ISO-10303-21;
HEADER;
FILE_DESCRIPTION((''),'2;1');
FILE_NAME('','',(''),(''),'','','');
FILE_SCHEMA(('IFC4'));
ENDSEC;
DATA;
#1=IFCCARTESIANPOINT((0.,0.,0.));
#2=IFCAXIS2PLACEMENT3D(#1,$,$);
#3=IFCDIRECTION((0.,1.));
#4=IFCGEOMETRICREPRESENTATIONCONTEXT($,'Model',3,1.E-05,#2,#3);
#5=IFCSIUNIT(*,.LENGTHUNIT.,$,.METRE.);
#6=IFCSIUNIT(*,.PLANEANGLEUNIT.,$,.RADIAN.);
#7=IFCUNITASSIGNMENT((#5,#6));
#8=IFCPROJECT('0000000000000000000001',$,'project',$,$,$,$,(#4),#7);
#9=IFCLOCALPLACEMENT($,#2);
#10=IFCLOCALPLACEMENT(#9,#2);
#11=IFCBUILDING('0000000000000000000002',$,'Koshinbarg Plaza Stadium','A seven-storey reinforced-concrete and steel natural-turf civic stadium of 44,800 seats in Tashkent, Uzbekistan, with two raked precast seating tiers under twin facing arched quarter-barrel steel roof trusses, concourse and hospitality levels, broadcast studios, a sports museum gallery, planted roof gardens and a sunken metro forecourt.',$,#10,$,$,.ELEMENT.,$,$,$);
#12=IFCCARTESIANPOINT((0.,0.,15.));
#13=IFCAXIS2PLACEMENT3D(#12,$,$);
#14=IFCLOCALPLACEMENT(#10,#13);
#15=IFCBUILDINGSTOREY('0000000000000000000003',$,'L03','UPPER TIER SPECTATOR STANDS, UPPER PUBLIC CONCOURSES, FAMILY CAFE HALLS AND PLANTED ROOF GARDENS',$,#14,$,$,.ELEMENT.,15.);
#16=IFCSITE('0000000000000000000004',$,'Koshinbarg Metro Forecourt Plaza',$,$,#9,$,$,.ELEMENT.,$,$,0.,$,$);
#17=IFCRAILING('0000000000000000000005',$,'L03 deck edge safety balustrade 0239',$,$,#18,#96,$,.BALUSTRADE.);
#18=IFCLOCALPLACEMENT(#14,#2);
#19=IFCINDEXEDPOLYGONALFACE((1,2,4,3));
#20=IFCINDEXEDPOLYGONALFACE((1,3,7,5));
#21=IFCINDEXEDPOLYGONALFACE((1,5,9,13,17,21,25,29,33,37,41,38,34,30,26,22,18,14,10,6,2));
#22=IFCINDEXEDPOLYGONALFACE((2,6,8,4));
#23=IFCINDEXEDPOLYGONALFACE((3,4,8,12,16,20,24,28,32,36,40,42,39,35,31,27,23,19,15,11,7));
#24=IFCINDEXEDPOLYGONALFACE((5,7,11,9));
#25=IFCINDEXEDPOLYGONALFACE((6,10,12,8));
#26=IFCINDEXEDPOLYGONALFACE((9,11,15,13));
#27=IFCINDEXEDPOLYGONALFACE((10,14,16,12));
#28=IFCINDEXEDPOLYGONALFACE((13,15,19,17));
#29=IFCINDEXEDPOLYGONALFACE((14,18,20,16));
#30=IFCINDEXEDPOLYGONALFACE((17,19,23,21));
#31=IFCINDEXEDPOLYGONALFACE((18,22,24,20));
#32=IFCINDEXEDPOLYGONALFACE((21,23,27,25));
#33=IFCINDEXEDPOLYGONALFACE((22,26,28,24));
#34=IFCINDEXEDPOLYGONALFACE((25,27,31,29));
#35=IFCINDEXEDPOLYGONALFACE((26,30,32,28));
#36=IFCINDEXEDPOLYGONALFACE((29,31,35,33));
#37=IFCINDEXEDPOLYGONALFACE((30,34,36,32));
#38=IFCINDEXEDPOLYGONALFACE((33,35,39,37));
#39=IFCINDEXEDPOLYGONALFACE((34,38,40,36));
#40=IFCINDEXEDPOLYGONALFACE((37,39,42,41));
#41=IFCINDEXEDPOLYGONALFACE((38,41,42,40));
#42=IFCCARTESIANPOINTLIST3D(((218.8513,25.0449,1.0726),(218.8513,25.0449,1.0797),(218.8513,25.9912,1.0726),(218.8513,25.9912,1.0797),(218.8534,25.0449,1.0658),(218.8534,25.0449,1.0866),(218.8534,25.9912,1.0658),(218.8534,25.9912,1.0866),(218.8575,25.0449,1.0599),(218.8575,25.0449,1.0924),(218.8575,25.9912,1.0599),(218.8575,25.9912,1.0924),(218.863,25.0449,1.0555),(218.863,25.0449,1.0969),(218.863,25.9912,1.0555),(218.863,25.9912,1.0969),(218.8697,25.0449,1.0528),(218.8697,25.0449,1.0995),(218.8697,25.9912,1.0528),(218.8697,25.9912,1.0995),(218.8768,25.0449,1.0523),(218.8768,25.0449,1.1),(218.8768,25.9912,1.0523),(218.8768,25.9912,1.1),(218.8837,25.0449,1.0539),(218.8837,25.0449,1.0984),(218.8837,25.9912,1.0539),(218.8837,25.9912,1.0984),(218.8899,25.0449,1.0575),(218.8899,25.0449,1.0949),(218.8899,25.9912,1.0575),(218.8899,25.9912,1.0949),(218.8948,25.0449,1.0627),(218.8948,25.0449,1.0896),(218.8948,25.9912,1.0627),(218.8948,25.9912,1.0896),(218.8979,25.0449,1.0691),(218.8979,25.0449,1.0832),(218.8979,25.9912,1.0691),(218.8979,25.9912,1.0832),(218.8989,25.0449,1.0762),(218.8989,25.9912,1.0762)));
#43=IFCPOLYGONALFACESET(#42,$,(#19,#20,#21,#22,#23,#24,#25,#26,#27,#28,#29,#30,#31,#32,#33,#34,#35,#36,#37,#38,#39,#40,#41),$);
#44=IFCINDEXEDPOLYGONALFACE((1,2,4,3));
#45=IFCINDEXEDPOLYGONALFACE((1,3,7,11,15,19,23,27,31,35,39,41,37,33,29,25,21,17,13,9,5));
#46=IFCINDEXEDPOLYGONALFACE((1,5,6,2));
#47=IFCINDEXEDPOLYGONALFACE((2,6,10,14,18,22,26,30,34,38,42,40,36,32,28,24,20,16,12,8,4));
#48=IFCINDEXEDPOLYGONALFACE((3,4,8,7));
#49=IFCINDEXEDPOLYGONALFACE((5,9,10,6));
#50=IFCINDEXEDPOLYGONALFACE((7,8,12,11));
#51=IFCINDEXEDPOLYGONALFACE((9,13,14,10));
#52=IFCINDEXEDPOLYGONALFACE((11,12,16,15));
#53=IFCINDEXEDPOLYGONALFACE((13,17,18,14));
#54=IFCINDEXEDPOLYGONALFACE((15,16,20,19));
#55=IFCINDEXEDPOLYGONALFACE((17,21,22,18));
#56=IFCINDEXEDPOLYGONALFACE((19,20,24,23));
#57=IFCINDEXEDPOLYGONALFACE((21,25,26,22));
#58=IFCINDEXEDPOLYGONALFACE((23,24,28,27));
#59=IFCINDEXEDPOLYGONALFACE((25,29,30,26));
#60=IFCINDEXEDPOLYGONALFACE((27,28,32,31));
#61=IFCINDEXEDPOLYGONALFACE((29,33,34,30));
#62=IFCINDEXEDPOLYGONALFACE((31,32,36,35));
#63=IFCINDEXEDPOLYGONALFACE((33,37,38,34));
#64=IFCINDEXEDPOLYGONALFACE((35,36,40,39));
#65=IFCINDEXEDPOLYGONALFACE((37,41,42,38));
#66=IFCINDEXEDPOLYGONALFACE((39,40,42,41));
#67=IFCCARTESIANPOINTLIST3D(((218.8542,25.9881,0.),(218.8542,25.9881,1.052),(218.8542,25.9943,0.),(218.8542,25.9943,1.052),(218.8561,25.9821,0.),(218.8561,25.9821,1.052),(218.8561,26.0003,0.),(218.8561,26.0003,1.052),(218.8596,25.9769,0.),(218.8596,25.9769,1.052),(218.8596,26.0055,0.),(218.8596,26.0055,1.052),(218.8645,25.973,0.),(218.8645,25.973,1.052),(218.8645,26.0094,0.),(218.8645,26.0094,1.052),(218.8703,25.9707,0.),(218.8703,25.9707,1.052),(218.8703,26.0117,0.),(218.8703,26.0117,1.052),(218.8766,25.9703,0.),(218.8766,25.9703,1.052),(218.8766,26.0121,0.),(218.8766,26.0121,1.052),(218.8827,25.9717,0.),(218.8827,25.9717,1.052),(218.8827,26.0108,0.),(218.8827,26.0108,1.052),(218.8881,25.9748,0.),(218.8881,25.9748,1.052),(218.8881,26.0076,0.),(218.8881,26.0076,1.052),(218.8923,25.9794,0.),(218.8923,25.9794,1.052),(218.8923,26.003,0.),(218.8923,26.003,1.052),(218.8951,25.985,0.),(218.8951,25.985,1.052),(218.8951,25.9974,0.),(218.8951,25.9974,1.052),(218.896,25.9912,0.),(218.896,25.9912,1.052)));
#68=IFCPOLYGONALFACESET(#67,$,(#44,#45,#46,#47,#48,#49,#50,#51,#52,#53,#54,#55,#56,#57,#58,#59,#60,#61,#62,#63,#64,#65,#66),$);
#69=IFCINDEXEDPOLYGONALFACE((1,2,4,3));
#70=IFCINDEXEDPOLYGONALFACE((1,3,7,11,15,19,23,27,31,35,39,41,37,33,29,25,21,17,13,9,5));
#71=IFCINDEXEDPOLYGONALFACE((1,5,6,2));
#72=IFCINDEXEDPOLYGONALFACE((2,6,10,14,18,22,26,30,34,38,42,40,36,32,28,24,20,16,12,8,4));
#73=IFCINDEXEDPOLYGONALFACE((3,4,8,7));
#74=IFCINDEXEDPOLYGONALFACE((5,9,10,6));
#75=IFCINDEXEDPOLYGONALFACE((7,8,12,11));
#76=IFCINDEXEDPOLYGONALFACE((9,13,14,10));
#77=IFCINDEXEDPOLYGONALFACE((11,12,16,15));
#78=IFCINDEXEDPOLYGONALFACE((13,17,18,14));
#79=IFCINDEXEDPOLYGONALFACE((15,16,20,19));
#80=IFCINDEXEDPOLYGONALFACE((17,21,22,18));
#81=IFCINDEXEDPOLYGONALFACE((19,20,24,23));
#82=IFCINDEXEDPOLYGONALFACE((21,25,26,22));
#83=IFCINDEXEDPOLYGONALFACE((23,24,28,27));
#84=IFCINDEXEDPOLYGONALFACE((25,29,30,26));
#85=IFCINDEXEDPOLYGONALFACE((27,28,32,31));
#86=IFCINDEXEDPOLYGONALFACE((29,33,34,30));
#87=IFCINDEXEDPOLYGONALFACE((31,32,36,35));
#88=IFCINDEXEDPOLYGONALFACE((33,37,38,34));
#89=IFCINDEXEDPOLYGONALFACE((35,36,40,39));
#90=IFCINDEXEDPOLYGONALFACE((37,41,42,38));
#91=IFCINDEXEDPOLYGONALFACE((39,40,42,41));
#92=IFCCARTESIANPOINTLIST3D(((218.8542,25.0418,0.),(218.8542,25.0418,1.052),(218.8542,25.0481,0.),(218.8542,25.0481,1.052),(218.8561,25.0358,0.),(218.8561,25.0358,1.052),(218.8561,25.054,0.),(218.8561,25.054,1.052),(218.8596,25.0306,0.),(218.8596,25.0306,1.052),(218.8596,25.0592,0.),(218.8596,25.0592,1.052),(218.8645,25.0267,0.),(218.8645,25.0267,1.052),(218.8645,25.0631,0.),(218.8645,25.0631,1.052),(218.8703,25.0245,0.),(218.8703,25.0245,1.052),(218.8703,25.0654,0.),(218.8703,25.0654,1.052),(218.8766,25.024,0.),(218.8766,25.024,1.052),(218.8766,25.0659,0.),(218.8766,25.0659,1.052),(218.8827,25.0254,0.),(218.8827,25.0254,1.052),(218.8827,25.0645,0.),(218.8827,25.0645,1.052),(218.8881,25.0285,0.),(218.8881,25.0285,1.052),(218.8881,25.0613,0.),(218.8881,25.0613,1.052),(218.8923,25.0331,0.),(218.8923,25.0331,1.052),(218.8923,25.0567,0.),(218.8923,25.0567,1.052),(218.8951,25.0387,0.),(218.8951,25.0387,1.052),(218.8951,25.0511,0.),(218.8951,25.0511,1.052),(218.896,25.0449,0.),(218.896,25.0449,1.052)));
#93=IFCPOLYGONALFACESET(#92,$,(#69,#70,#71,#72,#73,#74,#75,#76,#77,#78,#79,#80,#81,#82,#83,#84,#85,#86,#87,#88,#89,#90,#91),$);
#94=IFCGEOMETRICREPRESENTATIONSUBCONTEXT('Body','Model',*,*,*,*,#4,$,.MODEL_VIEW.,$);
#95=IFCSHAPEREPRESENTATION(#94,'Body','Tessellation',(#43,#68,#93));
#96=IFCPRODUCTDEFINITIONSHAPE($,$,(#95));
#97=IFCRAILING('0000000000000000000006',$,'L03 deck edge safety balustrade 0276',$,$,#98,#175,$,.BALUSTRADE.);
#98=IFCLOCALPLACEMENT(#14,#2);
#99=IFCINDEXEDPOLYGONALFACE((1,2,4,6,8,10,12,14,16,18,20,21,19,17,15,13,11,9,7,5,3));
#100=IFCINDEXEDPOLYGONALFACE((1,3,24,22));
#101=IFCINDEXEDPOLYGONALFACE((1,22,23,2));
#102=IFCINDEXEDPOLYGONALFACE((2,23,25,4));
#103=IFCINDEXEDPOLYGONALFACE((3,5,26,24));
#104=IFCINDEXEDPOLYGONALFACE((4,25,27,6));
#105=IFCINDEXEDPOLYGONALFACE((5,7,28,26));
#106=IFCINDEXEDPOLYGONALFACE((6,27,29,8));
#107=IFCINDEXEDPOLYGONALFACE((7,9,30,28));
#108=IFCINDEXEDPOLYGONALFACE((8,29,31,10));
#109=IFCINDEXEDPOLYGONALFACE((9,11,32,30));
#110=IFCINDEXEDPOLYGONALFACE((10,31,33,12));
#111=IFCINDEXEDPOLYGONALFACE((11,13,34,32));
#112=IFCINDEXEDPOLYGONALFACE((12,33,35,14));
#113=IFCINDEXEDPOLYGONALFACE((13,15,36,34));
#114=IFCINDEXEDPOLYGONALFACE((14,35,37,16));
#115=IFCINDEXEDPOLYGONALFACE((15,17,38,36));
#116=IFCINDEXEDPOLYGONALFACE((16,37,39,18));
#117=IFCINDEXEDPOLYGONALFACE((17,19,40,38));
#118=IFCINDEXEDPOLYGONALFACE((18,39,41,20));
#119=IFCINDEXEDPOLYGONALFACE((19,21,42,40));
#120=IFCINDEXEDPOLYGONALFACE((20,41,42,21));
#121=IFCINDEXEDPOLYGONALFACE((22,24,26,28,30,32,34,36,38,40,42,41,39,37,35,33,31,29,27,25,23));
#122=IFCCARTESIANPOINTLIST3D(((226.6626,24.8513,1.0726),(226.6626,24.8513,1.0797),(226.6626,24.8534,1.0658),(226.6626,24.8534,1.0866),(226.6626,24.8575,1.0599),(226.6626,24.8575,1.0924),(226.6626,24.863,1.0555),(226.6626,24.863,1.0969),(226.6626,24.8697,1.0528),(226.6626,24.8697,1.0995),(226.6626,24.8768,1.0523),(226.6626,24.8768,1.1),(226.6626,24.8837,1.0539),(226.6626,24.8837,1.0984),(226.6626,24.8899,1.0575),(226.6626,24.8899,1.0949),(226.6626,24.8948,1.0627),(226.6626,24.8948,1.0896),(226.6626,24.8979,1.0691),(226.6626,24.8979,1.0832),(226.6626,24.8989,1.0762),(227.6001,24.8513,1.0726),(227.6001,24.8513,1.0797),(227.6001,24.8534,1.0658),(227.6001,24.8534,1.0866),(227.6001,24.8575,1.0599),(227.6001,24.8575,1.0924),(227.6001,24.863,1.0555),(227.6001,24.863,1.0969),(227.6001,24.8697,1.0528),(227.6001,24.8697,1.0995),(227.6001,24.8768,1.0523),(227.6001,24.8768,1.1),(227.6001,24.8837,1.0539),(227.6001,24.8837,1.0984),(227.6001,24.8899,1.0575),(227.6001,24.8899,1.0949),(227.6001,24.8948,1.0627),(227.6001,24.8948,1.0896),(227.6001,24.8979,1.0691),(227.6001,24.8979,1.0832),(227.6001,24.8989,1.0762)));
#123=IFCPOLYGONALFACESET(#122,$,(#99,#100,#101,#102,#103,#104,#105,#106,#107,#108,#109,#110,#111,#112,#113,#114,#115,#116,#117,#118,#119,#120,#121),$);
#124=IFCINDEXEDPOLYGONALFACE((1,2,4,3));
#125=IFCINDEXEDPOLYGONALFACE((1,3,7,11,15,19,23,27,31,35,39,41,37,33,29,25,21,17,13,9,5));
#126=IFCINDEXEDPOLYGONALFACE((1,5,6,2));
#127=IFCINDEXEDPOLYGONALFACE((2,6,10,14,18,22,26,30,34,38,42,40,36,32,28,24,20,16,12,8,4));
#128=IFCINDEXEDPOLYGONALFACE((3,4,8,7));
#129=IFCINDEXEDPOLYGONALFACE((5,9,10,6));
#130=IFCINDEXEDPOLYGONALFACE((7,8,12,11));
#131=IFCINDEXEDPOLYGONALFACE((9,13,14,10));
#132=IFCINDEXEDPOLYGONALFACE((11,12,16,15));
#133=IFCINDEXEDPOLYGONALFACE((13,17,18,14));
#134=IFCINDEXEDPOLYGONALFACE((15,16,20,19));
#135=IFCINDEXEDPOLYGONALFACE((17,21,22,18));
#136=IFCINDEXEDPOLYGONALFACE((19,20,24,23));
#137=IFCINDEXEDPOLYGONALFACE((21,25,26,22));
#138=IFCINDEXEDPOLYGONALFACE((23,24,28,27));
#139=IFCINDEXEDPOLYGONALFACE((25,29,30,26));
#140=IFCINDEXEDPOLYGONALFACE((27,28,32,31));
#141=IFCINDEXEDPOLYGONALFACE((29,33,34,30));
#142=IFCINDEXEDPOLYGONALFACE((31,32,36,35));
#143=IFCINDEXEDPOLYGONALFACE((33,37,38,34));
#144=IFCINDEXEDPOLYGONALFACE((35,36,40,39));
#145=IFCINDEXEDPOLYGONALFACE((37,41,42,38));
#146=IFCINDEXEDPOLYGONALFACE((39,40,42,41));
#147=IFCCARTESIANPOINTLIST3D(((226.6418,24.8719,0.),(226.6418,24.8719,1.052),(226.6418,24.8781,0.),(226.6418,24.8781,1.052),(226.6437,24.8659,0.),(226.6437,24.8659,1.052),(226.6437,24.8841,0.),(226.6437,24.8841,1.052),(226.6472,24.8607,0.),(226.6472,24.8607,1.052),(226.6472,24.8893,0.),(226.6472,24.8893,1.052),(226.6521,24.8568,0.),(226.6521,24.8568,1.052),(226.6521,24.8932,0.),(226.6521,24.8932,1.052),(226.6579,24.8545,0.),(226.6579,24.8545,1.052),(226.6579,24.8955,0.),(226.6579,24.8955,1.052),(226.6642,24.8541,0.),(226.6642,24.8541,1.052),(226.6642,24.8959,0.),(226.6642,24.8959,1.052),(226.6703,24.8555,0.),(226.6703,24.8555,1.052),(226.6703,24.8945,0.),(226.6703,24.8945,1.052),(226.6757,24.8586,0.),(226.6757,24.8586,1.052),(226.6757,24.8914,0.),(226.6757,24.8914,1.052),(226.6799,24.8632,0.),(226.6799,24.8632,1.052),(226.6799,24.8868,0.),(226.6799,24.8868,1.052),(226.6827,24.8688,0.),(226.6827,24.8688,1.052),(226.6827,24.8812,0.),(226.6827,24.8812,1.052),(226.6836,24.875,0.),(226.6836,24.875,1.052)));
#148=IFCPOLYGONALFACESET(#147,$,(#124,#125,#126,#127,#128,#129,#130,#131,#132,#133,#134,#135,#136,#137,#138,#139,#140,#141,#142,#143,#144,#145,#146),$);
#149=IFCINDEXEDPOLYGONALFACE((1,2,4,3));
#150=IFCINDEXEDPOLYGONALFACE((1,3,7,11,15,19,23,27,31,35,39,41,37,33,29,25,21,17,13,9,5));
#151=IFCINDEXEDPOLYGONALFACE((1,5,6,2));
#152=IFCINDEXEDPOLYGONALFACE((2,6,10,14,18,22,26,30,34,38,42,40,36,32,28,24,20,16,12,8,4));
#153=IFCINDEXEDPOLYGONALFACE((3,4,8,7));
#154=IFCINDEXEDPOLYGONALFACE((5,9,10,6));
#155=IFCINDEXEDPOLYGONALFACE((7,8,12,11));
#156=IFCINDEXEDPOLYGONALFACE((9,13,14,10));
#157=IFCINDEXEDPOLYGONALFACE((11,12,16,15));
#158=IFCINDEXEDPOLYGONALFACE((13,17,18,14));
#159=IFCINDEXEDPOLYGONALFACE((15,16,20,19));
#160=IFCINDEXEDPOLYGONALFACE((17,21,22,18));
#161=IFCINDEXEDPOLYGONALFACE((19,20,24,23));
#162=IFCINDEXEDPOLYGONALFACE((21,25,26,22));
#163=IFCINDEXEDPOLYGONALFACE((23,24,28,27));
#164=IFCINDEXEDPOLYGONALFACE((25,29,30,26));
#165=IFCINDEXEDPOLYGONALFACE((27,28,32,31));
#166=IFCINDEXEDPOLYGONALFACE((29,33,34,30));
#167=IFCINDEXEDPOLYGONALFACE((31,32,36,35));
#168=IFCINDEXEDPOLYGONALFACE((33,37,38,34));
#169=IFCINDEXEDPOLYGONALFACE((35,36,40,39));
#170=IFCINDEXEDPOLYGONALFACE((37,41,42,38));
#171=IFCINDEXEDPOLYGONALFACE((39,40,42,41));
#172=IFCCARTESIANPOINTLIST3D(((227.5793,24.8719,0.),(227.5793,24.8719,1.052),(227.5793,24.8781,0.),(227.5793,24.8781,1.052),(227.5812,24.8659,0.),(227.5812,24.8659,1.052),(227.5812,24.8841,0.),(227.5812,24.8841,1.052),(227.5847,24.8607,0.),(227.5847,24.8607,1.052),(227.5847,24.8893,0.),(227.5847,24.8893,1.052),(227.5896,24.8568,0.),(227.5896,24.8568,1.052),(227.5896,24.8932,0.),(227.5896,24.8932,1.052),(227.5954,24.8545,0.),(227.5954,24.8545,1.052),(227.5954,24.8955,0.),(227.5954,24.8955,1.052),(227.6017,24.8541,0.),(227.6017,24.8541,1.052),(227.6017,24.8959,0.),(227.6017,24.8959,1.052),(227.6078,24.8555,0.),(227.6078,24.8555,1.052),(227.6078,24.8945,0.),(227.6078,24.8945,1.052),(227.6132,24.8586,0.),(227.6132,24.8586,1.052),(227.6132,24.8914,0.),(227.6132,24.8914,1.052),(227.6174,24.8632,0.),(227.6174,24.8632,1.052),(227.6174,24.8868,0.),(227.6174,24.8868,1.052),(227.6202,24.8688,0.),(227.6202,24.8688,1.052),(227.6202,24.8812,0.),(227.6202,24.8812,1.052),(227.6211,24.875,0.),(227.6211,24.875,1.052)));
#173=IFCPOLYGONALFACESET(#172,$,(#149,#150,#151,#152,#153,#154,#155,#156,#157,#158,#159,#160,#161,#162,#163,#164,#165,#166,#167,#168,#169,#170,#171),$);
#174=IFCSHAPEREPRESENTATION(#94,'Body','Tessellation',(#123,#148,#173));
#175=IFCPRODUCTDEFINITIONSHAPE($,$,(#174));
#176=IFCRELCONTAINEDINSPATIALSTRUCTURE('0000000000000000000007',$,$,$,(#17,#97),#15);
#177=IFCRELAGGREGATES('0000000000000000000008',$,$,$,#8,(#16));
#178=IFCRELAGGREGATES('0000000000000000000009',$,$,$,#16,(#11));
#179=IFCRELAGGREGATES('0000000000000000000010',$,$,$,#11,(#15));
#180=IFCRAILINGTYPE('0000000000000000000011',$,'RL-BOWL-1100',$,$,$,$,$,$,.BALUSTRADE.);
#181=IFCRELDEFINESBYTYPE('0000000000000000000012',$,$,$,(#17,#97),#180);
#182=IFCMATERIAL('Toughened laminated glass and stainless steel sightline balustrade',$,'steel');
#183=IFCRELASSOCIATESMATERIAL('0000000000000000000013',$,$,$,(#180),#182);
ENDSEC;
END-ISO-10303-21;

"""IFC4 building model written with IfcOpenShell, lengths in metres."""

from ifc_helpers import new_model, si_unit, direction, frame, origin, origin_2d, place, context, subcontext, project, spatial, circle, extrude, material, type_object, element, save


model = new_model("IFC4")

# Units and contexts
model_context = context("Model", 3, precision=1e-05, world=origin(), true_north=direction((0.0, 1.0)))
body_context = subcontext(model_context, "Body", "Model", "MODEL_VIEW")
ifc_project = project(units=[si_unit("LENGTHUNIT", "METRE"), si_unit("PLANEANGLEUNIT", "RADIAN")], contexts=[model_context])

# Site, building, storey
site_placement = place(None, origin())
site = spatial("IfcSite", under=ifc_project, at=site_placement, Name="Koshinbarg Metro Forecourt Plaza", CompositionType="ELEMENT", RefElevation=0.0)
building_placement = place(site_placement, origin())
building = spatial("IfcBuilding", under=site, at=building_placement, Name="Koshinbarg Plaza Stadium", Description="A seven-storey reinforced-concrete and steel natural-turf civic stadium of 44,800 seats in Tashkent, Uzbekistan, with two raked precast seating tiers under twin facing arched quarter-barrel steel roof trusses, concourse and hospitality levels, broadcast studios, a sports museum gallery, planted roof gardens and a sunken metro forecourt.", CompositionType="ELEMENT")
storey_placement = place(building_placement, frame((0.0, 0.0, 15.0)))
storey = spatial("IfcBuildingStorey", under=building, at=storey_placement, Name="L03", Description="UPPER TIER SPECTATOR STANDS, UPPER PUBLIC CONCOURSES, FAMILY CAFE HALLS AND PLANTED ROOF GARDENS", CompositionType="ELEMENT", Elevation=15.0)

# Railings
ifc_material_1 = material(Name="Toughened laminated glass and stainless steel sightline balustrade", Category="steel")
railing_type_1 = type_object("IfcRailingType", Name="RL-BOWL-1100", PredefinedType="BALUSTRADE", material=ifc_material_1)
railing_1_placement = place(storey_placement, frame((218.875, 25.9912, 0.0)))
element("IfcRailing", 1, at=railing_1_placement, inside=storey, type_object=railing_type_1, Name="L03 deck edge safety balustrade 0239", PredefinedType="BALUSTRADE", context=body_context, shape_type="SweptSolid", body=[
    extrude(circle(Radius=0.0239, at=origin_2d()), frame((0.0, 0.0, 1.0762), z_axis=(0.0, -1.0, 0.0), x_axis=(1.0, 0.0, 0.0)), (0.0, 0.0, 1.0), 0.9463),
    extrude(circle(Radius=0.021, at=origin_2d()), origin(), (0.0, 0.0, 1.0), 1.052),
    extrude(circle(Radius=0.021, at=origin_2d()), frame((0.0, -0.9463, 0.0)), (0.0, 0.0, 1.0), 1.052),
])
railing_2_placement = place(storey_placement, frame((226.6626, 24.875, 0.0)))
element("IfcRailing", 2, at=railing_2_placement, inside=storey, type_object=railing_type_1, Name="L03 deck edge safety balustrade 0276", PredefinedType="BALUSTRADE", context=body_context, shape_type="SweptSolid", body=[
    extrude(circle(Radius=0.0239, at=origin_2d()), frame((0.0, 0.0, 1.0762), z_axis=(1.0, 0.0, 0.0), x_axis=(0.0, 1.0, 0.0)), (0.0, 0.0, 1.0), 0.9375),
    extrude(circle(Radius=0.021, at=origin_2d()), origin(), (0.0, 0.0, 1.0), 1.052),
    extrude(circle(Radius=0.021, at=origin_2d()), frame((0.9375, 0.0, 0.0)), (0.0, 0.0, 1.0), 1.052),
])

save(model, "model.ifc")
